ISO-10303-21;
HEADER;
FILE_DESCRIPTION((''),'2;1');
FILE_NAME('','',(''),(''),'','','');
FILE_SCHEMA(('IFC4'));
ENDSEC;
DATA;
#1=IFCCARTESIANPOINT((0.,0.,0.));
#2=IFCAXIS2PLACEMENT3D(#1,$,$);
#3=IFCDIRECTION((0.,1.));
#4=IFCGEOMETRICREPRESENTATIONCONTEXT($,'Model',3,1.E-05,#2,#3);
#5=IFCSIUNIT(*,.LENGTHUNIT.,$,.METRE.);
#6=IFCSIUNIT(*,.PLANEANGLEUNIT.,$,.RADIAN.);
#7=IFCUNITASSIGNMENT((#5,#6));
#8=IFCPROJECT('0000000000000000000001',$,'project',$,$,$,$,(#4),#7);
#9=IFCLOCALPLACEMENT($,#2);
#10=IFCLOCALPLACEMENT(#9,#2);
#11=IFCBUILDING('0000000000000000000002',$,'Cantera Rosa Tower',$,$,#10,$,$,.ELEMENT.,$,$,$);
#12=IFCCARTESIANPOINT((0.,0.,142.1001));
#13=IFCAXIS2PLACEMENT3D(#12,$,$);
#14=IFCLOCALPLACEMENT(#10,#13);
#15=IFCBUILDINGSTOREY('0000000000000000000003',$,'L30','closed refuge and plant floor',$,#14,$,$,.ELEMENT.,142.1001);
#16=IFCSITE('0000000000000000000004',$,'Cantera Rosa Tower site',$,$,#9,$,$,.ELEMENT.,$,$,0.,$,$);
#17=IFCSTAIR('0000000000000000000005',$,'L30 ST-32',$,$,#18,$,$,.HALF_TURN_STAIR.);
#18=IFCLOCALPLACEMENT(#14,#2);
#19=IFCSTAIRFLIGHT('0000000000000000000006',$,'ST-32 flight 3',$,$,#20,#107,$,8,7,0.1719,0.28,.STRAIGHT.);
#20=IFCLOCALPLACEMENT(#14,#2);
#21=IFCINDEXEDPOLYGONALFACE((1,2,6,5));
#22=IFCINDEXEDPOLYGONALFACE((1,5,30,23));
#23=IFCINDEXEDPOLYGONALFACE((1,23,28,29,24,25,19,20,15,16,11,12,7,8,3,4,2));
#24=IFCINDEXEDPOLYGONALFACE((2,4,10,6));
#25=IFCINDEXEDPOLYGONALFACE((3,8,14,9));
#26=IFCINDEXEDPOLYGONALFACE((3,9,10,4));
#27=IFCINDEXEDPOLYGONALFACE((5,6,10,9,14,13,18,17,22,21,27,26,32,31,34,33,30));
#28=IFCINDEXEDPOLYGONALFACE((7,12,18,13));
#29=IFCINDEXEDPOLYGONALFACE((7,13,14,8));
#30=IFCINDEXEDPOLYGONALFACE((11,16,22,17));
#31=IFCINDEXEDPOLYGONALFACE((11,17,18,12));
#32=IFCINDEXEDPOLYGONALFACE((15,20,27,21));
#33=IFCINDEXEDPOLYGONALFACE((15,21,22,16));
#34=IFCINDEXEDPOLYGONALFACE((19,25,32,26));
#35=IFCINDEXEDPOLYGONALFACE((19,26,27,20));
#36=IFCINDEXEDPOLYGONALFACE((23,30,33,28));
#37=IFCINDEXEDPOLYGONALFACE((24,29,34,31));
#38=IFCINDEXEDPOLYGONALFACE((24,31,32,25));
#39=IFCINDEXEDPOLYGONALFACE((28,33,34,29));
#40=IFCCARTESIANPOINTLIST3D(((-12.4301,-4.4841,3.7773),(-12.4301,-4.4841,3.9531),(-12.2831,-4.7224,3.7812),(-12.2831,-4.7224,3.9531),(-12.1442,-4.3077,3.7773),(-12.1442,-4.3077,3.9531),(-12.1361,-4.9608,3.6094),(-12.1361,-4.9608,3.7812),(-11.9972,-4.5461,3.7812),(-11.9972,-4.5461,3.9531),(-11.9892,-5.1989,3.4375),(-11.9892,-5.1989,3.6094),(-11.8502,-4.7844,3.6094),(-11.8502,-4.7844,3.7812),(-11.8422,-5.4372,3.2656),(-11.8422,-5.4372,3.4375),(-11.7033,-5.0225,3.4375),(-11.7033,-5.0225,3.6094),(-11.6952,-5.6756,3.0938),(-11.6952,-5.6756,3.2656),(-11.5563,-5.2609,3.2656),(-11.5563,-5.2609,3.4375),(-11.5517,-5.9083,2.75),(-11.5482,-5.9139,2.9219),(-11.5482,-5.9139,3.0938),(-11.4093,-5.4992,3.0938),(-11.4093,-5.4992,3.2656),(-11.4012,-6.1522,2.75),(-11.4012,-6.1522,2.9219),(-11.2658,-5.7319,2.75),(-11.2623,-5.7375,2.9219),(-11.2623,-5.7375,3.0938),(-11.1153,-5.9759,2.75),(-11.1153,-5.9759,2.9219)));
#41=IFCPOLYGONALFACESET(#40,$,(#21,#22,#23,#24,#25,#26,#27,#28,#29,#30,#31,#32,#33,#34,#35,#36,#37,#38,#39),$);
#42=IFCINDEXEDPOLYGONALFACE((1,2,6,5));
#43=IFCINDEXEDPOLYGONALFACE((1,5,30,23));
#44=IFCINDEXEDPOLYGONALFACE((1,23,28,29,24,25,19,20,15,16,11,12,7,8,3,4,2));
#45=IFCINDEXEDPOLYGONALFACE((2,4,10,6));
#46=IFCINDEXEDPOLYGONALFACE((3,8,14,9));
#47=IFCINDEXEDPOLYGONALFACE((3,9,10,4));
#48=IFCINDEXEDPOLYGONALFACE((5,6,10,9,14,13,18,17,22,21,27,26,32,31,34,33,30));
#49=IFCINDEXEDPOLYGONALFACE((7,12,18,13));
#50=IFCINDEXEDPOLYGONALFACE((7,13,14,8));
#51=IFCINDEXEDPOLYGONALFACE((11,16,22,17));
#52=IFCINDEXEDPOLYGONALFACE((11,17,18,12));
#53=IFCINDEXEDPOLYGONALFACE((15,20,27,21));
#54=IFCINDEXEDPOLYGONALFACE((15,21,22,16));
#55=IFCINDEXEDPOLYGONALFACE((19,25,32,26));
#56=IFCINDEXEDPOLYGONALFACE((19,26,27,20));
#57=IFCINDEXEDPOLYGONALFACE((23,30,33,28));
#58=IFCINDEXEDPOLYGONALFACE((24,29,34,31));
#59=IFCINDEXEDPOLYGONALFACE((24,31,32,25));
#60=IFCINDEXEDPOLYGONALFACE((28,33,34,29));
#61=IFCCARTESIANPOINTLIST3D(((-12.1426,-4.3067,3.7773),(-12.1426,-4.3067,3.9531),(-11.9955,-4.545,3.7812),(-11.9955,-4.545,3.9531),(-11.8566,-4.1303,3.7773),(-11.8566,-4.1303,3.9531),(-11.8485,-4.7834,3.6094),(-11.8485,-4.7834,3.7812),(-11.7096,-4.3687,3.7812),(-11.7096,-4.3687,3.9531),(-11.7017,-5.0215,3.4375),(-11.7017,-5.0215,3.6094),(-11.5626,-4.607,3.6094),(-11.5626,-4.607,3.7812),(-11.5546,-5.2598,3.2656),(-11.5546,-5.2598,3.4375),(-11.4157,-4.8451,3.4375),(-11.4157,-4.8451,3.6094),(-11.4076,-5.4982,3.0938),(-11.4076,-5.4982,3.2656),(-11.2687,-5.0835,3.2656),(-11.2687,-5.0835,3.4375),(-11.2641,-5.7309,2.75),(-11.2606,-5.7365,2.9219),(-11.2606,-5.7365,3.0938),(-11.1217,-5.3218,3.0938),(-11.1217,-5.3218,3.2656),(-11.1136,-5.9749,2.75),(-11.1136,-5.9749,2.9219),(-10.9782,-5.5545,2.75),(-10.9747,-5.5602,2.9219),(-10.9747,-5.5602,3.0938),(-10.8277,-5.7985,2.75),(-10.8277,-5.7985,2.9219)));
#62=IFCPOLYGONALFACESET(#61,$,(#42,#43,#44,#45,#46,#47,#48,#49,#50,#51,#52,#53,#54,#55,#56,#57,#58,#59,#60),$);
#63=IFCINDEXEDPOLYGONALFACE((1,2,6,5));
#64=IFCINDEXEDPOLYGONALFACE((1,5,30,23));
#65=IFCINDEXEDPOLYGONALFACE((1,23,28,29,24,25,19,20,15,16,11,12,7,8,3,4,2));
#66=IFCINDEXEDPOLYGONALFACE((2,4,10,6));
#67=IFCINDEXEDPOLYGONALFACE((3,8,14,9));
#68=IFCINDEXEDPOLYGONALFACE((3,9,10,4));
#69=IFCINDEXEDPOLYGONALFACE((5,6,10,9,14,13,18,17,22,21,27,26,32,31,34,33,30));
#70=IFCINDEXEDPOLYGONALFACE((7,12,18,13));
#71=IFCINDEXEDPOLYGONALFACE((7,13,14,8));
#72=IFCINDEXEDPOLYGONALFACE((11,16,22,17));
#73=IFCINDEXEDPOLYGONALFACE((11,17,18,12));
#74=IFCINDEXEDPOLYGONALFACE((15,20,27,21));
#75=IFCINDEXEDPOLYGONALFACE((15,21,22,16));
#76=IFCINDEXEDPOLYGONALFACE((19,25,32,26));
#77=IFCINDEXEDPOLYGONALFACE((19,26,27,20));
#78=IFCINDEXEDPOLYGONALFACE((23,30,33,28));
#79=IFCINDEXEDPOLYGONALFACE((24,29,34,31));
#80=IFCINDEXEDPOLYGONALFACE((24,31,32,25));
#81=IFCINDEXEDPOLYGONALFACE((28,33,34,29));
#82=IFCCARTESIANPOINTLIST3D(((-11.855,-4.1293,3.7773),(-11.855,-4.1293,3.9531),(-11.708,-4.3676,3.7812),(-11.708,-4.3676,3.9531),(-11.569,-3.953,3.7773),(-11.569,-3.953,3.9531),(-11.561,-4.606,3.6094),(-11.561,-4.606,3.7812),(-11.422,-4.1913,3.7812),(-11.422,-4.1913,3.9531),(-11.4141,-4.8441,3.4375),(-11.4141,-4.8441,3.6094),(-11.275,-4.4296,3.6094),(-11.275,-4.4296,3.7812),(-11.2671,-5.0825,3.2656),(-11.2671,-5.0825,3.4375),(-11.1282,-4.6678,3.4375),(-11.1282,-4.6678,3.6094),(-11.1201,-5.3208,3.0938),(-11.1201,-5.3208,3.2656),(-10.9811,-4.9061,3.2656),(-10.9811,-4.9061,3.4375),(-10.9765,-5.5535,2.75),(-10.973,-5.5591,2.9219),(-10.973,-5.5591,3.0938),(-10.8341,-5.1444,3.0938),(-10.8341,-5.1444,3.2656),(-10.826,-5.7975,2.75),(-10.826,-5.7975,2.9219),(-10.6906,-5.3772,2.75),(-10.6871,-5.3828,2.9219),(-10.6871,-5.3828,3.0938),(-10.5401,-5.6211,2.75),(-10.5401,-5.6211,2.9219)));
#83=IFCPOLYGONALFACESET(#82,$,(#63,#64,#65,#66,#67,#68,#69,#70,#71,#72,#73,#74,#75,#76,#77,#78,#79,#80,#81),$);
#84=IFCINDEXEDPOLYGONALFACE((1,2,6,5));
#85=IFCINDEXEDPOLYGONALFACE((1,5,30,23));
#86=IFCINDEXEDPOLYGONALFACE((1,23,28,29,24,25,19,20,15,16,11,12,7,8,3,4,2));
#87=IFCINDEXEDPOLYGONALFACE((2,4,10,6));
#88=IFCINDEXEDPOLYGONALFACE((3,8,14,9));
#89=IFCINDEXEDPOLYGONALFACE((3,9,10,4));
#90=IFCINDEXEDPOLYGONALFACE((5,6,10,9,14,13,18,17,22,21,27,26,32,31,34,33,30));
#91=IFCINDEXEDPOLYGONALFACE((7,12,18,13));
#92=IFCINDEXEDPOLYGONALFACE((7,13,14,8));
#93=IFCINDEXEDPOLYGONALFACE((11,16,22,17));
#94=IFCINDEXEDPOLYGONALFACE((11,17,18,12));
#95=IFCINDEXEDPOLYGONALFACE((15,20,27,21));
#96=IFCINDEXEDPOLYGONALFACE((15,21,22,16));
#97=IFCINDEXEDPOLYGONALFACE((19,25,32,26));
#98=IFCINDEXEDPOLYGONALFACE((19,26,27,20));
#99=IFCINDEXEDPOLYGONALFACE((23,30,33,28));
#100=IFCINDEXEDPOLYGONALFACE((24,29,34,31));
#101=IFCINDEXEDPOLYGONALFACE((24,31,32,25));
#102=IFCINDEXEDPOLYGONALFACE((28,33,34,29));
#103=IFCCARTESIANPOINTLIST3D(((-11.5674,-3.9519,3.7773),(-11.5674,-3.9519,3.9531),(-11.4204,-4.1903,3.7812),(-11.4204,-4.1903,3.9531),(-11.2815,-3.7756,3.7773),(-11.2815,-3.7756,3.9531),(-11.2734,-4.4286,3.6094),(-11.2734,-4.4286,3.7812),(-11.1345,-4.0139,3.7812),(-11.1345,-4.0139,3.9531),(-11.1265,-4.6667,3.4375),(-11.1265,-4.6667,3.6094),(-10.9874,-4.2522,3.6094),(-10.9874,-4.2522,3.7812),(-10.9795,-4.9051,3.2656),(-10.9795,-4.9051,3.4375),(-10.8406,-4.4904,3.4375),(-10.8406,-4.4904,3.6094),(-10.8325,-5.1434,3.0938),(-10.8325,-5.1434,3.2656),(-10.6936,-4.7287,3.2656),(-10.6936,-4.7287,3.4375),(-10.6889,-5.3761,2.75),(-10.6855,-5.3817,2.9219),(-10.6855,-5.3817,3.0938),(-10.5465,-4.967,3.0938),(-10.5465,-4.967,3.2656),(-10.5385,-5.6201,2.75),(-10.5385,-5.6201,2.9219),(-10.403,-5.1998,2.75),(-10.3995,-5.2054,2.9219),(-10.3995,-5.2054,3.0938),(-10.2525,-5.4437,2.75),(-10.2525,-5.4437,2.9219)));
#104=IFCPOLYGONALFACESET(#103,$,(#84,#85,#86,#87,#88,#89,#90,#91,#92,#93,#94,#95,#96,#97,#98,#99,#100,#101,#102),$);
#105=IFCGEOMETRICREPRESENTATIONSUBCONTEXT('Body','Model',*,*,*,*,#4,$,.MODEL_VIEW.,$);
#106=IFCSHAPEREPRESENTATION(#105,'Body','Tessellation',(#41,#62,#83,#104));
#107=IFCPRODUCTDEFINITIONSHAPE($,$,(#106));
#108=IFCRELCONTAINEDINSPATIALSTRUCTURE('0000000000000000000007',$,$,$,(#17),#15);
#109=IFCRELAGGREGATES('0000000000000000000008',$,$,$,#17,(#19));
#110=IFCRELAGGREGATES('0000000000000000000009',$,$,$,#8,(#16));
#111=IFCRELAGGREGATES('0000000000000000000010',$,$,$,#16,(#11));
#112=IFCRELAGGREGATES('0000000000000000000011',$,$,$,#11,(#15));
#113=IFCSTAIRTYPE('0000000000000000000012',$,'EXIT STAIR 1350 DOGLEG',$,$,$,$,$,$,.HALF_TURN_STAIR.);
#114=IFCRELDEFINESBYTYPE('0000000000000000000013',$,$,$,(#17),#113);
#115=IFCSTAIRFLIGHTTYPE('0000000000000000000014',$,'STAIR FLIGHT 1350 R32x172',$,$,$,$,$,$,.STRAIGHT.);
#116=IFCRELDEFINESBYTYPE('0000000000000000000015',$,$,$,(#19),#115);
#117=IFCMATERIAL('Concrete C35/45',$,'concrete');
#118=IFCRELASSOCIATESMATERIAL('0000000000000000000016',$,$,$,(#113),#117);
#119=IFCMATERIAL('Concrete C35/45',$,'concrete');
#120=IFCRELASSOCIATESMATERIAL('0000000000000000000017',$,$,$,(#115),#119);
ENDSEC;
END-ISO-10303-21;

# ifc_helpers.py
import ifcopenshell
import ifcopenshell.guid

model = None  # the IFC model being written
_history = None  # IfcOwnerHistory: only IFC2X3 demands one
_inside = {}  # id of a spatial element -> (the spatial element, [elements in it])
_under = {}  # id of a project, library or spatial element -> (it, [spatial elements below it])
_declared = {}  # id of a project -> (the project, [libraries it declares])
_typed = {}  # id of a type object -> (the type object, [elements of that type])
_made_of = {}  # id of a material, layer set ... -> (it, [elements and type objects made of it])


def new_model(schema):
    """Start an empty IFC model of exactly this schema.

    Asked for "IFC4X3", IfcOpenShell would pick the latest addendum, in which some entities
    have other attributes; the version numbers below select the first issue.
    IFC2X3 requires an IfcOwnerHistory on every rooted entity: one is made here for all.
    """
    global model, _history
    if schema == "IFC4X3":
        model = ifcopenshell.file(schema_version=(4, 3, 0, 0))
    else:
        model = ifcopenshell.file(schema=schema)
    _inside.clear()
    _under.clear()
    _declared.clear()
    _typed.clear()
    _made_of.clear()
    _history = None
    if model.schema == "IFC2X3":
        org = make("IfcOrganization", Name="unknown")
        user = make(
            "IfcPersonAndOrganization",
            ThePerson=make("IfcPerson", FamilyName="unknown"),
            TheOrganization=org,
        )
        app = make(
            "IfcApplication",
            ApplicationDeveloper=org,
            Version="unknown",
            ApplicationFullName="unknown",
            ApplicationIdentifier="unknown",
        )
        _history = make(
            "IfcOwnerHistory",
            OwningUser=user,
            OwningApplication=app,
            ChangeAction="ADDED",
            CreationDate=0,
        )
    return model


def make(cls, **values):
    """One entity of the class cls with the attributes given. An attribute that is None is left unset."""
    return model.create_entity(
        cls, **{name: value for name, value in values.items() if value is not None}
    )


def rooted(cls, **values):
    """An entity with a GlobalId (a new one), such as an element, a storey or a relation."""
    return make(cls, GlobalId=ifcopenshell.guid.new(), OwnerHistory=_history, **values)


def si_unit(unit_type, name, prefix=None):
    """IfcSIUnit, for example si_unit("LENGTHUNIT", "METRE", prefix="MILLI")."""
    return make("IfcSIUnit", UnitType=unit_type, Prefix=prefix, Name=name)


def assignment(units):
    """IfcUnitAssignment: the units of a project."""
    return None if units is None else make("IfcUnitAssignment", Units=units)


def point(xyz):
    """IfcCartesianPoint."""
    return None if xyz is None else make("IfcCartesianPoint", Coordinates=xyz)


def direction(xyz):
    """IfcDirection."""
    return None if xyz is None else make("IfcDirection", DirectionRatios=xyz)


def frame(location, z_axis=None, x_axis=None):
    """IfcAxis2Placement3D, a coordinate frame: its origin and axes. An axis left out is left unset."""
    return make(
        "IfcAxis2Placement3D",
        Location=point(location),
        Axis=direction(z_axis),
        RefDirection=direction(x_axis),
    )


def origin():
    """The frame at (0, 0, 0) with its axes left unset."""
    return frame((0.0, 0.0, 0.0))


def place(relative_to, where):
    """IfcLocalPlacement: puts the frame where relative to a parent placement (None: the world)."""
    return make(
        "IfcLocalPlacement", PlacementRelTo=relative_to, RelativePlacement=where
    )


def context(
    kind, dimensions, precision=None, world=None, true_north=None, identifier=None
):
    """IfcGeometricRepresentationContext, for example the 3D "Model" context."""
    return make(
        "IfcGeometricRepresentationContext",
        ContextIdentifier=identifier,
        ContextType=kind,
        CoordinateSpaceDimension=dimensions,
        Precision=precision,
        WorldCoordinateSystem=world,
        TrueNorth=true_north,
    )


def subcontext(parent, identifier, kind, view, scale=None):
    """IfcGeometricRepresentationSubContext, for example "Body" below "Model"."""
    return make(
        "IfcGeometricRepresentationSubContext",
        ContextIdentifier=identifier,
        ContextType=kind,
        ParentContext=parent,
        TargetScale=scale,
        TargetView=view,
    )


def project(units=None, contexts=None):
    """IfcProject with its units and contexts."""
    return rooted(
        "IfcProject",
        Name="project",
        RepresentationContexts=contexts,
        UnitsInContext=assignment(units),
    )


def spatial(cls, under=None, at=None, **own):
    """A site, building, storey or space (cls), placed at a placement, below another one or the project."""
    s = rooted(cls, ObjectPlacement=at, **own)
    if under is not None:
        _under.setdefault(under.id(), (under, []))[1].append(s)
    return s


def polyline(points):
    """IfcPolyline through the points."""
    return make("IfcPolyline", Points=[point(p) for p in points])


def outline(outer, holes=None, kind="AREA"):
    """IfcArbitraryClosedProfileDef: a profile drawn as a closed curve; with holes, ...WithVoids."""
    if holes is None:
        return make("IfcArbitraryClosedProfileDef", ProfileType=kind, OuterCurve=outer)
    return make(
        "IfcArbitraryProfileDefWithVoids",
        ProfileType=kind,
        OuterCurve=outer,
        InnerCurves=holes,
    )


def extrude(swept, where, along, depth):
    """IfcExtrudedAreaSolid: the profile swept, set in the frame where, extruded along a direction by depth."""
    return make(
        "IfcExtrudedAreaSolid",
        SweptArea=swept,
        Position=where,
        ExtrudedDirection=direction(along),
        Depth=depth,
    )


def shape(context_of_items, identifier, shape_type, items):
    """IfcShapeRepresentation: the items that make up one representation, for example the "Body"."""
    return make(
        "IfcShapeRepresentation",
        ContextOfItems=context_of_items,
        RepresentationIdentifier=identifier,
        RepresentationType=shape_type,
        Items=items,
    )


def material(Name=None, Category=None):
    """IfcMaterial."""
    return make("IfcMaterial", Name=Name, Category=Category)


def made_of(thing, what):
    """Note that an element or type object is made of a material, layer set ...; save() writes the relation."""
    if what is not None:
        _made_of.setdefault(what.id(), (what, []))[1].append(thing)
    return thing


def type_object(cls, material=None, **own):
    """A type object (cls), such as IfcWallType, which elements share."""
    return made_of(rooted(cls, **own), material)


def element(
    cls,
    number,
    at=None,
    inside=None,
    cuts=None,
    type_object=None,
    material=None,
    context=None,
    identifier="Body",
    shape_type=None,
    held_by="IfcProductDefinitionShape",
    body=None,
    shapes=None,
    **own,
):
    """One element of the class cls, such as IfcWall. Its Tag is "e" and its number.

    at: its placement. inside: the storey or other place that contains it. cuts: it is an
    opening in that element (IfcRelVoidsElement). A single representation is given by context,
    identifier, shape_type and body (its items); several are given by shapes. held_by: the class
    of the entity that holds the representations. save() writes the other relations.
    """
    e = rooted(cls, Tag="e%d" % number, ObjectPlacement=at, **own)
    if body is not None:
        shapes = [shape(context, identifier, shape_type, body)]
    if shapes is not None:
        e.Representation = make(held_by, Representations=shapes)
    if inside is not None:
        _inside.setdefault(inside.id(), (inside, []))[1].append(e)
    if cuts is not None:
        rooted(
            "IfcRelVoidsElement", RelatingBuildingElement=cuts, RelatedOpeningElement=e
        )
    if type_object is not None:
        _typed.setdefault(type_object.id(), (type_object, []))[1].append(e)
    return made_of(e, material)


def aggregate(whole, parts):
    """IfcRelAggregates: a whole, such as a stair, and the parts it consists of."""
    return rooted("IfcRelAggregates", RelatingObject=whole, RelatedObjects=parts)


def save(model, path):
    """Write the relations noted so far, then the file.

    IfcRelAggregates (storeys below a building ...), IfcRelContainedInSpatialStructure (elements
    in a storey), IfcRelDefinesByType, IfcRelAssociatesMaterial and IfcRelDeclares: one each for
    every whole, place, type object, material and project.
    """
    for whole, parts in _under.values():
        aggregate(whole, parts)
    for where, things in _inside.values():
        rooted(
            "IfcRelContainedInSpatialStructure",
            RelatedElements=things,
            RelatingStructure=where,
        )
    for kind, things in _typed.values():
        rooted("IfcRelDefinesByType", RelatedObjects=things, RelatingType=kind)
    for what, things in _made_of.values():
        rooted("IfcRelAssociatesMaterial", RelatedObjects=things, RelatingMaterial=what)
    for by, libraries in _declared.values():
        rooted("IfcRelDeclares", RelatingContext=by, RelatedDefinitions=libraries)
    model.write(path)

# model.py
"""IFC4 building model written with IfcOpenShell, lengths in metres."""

from ifc_helpers import new_model, si_unit, direction, frame, origin, place, context, subcontext, project, spatial, polyline, outline, extrude, material, type_object, element, aggregate, save


model = new_model("IFC4")

# Units and contexts
model_context = context("Model", 3, precision=1e-05, world=origin(), true_north=direction((0.0, 1.0)))
body_context = subcontext(model_context, "Body", "Model", "MODEL_VIEW")
ifc_project = project(units=[si_unit("LENGTHUNIT", "METRE"), si_unit("PLANEANGLEUNIT", "RADIAN")], contexts=[model_context])

# Site, building, storey
site_placement = place(None, origin())
site = spatial("IfcSite", under=ifc_project, at=site_placement, Name="Cantera Rosa Tower site", CompositionType="ELEMENT", RefElevation=0.0)
building_placement = place(site_placement, origin())
building = spatial("IfcBuilding", under=site, at=building_placement, Name="Cantera Rosa Tower", CompositionType="ELEMENT")
storey_placement = place(building_placement, frame((0.0, 0.0, 142.1001)))
storey = spatial("IfcBuildingStorey", under=building, at=storey_placement, Name="L30", Description="closed refuge and plant floor", CompositionType="ELEMENT", Elevation=142.1001)

# Stair, stair flight
ifc_material_1 = material(Name="Concrete C35/45", Category="concrete")
stair_type = type_object("IfcStairType", Name="EXIT STAIR 1350 DOGLEG", PredefinedType="HALF_TURN_STAIR", material=ifc_material_1)
stair_placement = place(storey_placement, origin())
stair = element("IfcStair", 1, at=stair_placement, inside=storey, type_object=stair_type, Name="L30 ST-32", PredefinedType="HALF_TURN_STAIR")
ifc_material_2 = material(Name="Concrete C35/45", Category="concrete")
stair_flight_type = type_object("IfcStairFlightType", Name="STAIR FLIGHT 1350 R32x172", PredefinedType="STRAIGHT", material=ifc_material_2)
stair_flight_1_placement = place(storey_placement, frame((-10.8267, -5.7979, 2.75), z_axis=(0.0, 0.0, 1.0), x_axis=(-0.524977, 0.851117, 0.0)))
stair_flight_1 = element("IfcStairFlight", 2, at=stair_flight_1_placement, type_object=stair_flight_type, Name="ST-32 flight 3", NumberOfRisers=8, NumberOfTreads=7, PredefinedType="STRAIGHT", RiserHeight=0.1719, TreadLength=0.28, context=body_context, shape_type="SweptSolid", body=[
    extrude(outline(polyline([(0.0, 0.0), (0.0, 0.1719), (0.28, 0.1719), (0.28, 0.3438), (0.5601, 0.3438), (0.5601, 0.5156), (0.8401, 0.5156), (0.8401, 0.6875), (1.1201, 0.6875), (1.1201, 0.8594), (1.3999, 0.8594), (1.3999, 1.0312), (1.6799, 1.0312), (1.6799, 1.2031), (1.96, 1.2031), (1.96, 1.375), (1.96, 1.0273), (0.2866, 0.0), (0.0, 0.0)])), frame((0.0, 0.675, 0.0), z_axis=(0.0, -1.0, 0.0), x_axis=(1.0, 0.0, 0.0)), (0.0, 0.0, 1.0), 0.3359),
    extrude(outline(polyline([(0.0, 0.0), (0.0, 0.1719), (0.28, 0.1719), (0.28, 0.3438), (0.5601, 0.3438), (0.5601, 0.5156), (0.8401, 0.5156), (0.8401, 0.6875), (1.1201, 0.6875), (1.1201, 0.8594), (1.3999, 0.8594), (1.3999, 1.0312), (1.6799, 1.0312), (1.6799, 1.2031), (1.96, 1.2031), (1.96, 1.375), (1.96, 1.0273), (0.2866, 0.0), (0.0, 0.0)])), frame((0.0, 0.3372, 0.0), z_axis=(0.0, -1.0, 0.0), x_axis=(1.0, 0.0, 0.0)), (0.0, 0.0, 1.0), 0.3359),
    extrude(outline(polyline([(0.0, 0.0), (0.0, 0.1719), (0.28, 0.1719), (0.28, 0.3438), (0.5601, 0.3438), (0.5601, 0.5156), (0.8401, 0.5156), (0.8401, 0.6875), (1.1201, 0.6875), (1.1201, 0.8594), (1.3999, 0.8594), (1.3999, 1.0312), (1.6799, 1.0312), (1.6799, 1.2031), (1.96, 1.2031), (1.96, 1.375), (1.96, 1.0273), (0.2866, 0.0), (0.0, 0.0)])), frame((0.0, -0.0007, 0.0), z_axis=(0.0, -1.0, 0.0), x_axis=(1.0, 0.0, 0.0)), (0.0, 0.0, 1.0), 0.3359),
    extrude(outline(polyline([(0.0, 0.0), (0.0, 0.1719), (0.28, 0.1719), (0.28, 0.3438), (0.5601, 0.3438), (0.5601, 0.5156), (0.8401, 0.5156), (0.8401, 0.6875), (1.1201, 0.6875), (1.1201, 0.8594), (1.3999, 0.8594), (1.3999, 1.0312), (1.6799, 1.0312), (1.6799, 1.2031), (1.96, 1.2031), (1.96, 1.375), (1.96, 1.0273), (0.2866, 0.0), (0.0, 0.0)])), frame((0.0, -0.3386, 0.0), z_axis=(0.0, -1.0, 0.0), x_axis=(1.0, 0.0, 0.0)), (0.0, 0.0, 1.0), 0.3359),
])
aggregate(stair, [stair_flight_1])

save(model, "model.ifc")
